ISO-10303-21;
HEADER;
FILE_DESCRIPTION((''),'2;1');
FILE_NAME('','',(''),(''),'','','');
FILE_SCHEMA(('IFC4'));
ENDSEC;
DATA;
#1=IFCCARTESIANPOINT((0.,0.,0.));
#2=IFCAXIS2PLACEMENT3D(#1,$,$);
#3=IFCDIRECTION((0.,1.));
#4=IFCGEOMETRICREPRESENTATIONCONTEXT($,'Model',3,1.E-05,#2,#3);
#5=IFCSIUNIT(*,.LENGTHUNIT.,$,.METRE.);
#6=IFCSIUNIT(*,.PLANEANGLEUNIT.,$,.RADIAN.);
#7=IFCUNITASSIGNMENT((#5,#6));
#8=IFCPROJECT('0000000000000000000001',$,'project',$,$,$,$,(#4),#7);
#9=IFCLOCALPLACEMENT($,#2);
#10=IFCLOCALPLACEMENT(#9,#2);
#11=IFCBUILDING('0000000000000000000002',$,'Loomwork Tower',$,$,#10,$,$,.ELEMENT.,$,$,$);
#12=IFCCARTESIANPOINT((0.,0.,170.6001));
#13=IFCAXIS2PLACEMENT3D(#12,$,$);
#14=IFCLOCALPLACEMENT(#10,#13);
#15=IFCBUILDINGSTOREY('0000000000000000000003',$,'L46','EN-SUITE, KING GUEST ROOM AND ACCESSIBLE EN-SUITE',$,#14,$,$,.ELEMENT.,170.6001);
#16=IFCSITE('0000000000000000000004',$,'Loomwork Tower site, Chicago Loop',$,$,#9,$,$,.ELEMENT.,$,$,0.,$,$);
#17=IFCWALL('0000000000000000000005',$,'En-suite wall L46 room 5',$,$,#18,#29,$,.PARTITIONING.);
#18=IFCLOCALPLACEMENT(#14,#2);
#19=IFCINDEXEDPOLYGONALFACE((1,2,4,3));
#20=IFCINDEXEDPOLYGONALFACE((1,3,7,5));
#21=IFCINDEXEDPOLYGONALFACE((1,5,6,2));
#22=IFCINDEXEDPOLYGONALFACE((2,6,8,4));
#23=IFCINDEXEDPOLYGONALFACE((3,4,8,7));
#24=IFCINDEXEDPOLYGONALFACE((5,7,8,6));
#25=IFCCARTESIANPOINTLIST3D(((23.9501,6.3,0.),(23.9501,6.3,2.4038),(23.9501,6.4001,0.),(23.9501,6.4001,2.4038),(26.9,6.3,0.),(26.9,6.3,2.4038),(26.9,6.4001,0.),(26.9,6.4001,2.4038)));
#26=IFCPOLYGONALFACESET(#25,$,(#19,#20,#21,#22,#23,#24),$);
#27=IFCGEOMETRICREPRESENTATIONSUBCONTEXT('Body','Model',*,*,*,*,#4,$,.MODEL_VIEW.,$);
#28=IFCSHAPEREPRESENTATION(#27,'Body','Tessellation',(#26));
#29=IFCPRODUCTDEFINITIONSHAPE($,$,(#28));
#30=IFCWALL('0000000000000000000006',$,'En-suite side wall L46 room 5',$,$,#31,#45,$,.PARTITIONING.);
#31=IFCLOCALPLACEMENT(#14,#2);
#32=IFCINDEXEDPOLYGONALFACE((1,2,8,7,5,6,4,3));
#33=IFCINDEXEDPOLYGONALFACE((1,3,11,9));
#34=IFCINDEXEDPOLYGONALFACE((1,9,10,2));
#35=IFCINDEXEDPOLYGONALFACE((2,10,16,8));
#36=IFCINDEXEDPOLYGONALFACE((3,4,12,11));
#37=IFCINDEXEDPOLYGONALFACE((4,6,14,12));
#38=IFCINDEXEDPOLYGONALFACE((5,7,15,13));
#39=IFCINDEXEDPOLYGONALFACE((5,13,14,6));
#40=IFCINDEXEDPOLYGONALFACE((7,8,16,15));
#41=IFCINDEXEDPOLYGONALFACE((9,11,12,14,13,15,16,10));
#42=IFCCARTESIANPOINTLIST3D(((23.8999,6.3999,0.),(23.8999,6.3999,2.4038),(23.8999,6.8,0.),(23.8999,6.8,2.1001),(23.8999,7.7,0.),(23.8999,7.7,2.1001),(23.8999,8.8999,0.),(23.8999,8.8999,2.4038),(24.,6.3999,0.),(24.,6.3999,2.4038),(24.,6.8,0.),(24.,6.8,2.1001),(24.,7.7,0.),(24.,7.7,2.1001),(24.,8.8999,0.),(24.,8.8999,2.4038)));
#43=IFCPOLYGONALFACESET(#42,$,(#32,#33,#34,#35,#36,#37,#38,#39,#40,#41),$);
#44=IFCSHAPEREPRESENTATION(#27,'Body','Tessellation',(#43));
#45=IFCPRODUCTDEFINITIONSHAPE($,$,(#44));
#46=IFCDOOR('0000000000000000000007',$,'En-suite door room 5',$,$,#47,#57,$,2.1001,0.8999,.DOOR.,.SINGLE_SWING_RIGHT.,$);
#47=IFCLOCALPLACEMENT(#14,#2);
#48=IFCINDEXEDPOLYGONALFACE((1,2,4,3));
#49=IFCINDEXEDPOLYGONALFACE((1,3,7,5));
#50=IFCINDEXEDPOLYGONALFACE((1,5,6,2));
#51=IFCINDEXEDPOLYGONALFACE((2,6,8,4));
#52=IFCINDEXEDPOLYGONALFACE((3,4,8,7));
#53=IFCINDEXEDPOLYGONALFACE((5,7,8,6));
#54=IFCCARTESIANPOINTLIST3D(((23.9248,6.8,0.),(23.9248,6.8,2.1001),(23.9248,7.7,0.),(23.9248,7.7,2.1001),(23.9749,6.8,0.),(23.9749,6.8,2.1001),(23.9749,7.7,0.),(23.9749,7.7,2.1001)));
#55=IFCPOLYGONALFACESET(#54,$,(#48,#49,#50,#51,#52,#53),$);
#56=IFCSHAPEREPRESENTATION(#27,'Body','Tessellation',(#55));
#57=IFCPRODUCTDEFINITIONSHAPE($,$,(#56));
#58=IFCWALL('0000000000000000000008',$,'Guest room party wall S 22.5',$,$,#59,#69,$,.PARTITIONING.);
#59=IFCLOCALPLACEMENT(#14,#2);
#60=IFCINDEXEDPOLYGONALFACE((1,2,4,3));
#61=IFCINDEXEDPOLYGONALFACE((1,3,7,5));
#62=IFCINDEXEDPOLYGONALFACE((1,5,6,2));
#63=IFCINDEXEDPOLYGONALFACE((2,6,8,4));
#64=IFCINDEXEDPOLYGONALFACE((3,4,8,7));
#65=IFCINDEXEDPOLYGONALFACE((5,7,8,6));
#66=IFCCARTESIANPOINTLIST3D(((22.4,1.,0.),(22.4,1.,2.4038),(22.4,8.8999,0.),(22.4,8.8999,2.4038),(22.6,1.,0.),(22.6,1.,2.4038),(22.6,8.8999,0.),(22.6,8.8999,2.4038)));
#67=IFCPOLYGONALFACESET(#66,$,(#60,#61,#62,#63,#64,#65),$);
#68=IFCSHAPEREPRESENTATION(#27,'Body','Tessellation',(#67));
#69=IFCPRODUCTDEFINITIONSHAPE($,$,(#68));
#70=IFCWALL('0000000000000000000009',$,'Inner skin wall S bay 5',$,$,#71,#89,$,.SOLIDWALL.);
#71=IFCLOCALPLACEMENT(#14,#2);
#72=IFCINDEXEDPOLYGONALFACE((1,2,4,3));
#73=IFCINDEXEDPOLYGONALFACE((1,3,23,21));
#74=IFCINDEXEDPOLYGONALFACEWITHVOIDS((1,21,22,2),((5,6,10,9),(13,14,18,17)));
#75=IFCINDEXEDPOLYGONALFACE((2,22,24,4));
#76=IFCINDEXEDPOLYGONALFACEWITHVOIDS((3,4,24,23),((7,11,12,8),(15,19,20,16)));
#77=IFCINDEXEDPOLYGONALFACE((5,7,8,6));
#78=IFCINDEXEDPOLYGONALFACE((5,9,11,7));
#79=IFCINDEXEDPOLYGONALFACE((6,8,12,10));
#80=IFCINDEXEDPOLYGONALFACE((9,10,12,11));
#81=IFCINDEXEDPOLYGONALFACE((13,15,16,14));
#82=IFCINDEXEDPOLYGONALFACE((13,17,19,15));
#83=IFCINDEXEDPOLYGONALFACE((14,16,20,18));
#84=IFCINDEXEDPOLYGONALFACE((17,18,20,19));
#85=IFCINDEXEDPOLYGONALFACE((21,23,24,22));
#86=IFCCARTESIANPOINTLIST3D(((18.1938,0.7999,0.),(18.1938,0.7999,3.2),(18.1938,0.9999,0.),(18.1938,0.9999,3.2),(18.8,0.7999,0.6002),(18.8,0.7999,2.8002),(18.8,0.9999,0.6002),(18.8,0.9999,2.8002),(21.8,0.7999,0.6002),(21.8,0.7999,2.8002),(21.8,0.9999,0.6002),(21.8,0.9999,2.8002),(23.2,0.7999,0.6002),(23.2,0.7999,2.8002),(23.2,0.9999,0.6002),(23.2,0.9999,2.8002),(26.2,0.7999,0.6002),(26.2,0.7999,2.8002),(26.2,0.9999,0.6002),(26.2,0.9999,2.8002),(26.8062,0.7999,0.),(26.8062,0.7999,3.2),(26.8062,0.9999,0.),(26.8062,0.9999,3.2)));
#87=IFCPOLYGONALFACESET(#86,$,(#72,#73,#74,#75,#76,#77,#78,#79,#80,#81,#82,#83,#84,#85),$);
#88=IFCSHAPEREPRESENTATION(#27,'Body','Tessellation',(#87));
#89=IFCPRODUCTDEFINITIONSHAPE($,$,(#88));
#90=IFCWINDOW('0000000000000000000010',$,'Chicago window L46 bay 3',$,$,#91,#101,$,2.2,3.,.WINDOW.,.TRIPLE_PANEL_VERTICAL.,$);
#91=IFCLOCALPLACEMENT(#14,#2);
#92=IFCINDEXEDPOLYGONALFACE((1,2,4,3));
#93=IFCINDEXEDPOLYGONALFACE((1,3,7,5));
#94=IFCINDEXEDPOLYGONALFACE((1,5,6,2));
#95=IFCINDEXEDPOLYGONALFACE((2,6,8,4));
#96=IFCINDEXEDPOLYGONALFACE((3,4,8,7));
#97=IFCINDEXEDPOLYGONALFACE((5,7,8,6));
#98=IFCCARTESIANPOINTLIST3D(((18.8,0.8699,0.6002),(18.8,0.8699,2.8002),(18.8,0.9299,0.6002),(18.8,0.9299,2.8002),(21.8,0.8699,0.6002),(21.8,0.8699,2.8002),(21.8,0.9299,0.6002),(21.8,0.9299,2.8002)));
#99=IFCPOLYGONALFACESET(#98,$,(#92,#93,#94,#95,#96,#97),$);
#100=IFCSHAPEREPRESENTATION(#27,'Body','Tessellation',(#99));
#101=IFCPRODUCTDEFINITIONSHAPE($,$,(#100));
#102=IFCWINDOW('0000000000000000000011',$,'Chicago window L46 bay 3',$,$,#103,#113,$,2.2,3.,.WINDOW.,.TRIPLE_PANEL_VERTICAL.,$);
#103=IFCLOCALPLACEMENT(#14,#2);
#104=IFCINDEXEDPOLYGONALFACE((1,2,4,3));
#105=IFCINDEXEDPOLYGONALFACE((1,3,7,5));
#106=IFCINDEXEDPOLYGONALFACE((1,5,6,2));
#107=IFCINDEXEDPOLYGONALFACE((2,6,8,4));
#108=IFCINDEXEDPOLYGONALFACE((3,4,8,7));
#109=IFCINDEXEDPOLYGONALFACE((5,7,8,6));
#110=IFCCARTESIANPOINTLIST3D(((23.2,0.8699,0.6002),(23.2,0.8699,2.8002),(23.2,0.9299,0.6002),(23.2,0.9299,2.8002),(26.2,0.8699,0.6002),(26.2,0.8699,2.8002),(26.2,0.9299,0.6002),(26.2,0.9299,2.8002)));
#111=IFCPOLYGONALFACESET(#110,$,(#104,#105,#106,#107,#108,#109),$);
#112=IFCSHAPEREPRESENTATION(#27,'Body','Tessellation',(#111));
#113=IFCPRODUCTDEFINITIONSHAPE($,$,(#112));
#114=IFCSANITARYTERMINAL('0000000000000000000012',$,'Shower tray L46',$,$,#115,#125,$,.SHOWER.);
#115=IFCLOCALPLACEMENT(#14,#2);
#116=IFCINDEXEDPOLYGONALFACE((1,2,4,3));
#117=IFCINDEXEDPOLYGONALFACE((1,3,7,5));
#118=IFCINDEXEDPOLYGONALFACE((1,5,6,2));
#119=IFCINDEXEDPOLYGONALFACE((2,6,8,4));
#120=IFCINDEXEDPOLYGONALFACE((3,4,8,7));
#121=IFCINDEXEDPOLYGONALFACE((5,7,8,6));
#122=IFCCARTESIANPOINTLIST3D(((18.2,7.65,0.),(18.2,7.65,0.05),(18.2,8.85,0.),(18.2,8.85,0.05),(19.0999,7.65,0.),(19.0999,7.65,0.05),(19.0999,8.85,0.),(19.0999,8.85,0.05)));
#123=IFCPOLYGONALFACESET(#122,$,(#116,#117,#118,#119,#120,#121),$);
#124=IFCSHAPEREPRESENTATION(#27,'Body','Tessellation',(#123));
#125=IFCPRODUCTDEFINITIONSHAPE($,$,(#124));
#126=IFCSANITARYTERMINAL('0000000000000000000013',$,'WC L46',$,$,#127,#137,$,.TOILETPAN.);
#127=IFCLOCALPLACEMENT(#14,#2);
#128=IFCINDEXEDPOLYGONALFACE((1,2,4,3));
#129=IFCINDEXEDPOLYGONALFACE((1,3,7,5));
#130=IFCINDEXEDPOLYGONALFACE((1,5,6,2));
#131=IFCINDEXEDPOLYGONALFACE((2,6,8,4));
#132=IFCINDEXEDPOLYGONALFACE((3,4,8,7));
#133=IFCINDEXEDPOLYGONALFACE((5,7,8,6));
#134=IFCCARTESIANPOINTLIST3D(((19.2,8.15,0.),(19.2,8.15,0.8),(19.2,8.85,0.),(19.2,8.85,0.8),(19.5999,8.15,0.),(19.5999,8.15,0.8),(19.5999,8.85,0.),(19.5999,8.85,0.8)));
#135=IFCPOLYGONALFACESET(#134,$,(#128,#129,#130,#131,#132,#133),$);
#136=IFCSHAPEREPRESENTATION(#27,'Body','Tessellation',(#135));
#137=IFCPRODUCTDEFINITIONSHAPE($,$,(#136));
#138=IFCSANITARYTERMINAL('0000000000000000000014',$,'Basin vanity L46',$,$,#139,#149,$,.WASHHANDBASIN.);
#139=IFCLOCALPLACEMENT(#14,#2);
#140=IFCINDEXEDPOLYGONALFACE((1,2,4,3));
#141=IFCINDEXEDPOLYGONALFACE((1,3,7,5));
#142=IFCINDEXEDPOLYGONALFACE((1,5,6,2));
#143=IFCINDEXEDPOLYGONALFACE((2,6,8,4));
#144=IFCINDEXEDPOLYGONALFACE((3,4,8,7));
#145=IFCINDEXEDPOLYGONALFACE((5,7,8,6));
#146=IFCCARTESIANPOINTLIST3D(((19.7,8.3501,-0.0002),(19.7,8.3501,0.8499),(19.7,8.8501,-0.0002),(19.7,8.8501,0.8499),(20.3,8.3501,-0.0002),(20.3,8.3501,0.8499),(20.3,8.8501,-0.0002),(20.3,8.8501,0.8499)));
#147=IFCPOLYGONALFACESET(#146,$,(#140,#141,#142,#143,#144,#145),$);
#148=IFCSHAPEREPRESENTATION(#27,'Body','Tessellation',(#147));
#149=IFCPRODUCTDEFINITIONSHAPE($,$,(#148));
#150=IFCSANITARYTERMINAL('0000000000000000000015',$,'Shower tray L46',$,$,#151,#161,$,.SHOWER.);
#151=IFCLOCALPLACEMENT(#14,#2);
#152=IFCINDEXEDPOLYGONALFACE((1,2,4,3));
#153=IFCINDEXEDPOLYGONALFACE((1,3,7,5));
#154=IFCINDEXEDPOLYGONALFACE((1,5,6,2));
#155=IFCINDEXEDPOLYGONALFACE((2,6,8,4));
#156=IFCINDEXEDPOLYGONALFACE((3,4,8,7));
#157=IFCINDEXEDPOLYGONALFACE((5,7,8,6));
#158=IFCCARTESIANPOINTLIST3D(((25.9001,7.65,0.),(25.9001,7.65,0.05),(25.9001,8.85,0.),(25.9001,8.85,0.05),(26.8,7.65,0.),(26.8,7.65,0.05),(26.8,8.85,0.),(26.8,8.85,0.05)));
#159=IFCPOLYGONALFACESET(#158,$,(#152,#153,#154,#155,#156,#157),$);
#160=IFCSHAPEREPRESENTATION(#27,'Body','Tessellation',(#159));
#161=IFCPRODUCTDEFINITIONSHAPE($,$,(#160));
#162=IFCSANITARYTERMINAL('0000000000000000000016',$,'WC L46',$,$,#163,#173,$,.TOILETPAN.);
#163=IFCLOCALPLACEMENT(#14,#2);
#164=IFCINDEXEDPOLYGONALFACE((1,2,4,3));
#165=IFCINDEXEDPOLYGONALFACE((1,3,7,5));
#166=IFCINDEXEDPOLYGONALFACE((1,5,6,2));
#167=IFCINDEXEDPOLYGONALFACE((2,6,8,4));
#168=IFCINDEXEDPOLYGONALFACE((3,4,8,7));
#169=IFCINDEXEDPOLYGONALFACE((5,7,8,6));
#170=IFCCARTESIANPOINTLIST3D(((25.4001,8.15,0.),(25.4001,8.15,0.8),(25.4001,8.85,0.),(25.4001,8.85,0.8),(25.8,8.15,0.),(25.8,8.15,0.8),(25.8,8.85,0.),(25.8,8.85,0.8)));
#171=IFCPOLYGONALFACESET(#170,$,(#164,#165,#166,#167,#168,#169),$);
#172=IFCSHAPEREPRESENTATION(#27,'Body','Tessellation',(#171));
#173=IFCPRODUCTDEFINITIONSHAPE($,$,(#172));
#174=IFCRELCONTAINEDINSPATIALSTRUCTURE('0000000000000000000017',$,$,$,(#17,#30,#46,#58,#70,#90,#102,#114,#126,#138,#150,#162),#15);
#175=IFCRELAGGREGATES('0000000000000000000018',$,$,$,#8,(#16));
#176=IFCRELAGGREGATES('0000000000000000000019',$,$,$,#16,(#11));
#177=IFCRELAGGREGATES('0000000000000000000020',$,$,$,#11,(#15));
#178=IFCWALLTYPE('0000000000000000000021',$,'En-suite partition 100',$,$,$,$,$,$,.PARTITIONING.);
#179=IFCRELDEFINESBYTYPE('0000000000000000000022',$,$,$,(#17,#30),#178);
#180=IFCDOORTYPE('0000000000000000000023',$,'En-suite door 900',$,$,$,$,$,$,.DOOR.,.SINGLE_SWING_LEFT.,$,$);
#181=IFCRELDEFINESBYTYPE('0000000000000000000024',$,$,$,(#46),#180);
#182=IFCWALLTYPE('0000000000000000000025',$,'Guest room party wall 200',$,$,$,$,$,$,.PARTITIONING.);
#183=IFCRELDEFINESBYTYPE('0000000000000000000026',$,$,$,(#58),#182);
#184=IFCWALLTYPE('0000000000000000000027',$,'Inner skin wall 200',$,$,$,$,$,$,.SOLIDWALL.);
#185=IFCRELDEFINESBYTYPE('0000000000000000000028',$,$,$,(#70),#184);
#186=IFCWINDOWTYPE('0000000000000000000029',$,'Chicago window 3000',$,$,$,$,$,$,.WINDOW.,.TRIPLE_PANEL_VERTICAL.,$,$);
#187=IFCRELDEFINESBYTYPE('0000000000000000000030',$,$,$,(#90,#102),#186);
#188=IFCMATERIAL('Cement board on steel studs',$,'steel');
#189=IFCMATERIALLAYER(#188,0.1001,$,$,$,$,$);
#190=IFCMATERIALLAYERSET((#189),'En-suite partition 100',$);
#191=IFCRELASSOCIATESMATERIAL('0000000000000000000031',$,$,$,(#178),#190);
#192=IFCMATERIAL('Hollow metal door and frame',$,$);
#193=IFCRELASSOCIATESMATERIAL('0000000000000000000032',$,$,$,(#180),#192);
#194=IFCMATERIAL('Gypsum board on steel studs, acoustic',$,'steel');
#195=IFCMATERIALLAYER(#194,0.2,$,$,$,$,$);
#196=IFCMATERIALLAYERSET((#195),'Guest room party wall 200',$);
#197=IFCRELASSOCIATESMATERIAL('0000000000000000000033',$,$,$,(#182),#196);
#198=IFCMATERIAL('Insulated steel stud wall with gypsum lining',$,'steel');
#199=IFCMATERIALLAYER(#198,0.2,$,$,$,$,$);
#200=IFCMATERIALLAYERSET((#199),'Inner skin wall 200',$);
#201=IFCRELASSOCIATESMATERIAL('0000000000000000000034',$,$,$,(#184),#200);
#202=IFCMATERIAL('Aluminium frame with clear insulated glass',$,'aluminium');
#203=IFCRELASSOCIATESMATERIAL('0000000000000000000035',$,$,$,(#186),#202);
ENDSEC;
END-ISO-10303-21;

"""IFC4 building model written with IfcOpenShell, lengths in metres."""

from ifc_helpers import new_model, si_unit, direction, frame, frame_2d, origin, origin_2d, place, context, subcontext, project, spatial, rectangle, extrude, material, layer, layer_set, type_object, element, fill, save


model = new_model("IFC4")

# Units and contexts
model_context = context("Model", 3, precision=1e-05, world=origin(), true_north=direction((0.0, 1.0)))
body_context = subcontext(model_context, "Body", "Model", "MODEL_VIEW")
ifc_project = project(units=[si_unit("LENGTHUNIT", "METRE"), si_unit("PLANEANGLEUNIT", "RADIAN")], contexts=[model_context])

# Site, building, storey
site_placement = place(None, origin())
site = spatial("IfcSite", under=ifc_project, at=site_placement, Name="Loomwork Tower site, Chicago Loop", CompositionType="ELEMENT", RefElevation=0.0)
building_placement = place(site_placement, origin())
building = spatial("IfcBuilding", under=site, at=building_placement, Name="Loomwork Tower", CompositionType="ELEMENT")
storey_placement = place(building_placement, frame((0.0, 0.0, 170.6001)))
storey = spatial("IfcBuildingStorey", under=building, at=storey_placement, Name="L46", Description="EN-SUITE, KING GUEST ROOM AND ACCESSIBLE EN-SUITE", CompositionType="ELEMENT", Elevation=170.6001)

# Shared definitions
ifc_material_1 = material(Name="Cement board on steel studs", Category="steel")
ifc_layer_1 = layer(ifc_material_1, 0.1001)
ifc_layer_set_1 = layer_set([ifc_layer_1], Name="En-suite partition 100")
wall_type_1 = type_object("IfcWallType", Name="En-suite partition 100", PredefinedType="PARTITIONING", material=ifc_layer_set_1)
ifc_material_2 = material(Name="Hollow metal door and frame")
door_type_1 = type_object("IfcDoorType", Name="En-suite door 900", OperationType="SINGLE_SWING_LEFT", PredefinedType="DOOR", material=ifc_material_2)

# Wall
wall_1_placement = place(storey_placement, frame((23.95, 6.3501, 0.0), z_axis=(0.0, 0.0, 1.0), x_axis=(1.0, 0.0, 0.0)))
element("IfcWall", 1, at=wall_1_placement, inside=storey, type_object=wall_type_1, Name="En-suite wall L46 room 5", PredefinedType="PARTITIONING", context=body_context, shape_type="SweptSolid", body=[
    extrude(rectangle(XDim=2.95, YDim=0.1001, at=frame_2d((1.4751, 0.0))), origin(), (0.0, 0.0, 1.0), 2.4038),
])

# Wall, opening, door
wall_2_placement = place(storey_placement, frame((23.95, 8.8999, 0.0), z_axis=(0.0, 0.0, 1.0), x_axis=(0.0, -1.0, 0.0)))
wall_2 = element("IfcWall", 2, at=wall_2_placement, inside=storey, type_object=wall_type_1, Name="En-suite side wall L46 room 5", PredefinedType="PARTITIONING", context=body_context, shape_type="SweptSolid", body=[
    extrude(rectangle(XDim=2.5, YDim=0.1001, at=frame_2d((1.25, 0.0))), origin(), (0.0, 0.0, 1.0), 2.4038),
])
opening_1_placement = place(wall_2_placement, frame((1.2, 0.0, 0.0)))
opening_1 = element("IfcOpeningElement", 3, at=opening_1_placement, cuts=wall_2, PredefinedType="OPENING", context=body_context, shape_type="SweptSolid", body=[
    extrude(rectangle(XDim=0.8999, YDim=2.1001, at=frame_2d((0.45, 1.05))), frame((0.0, 0.0601, 0.0), z_axis=(0.0, -1.0, 0.0), x_axis=(1.0, 0.0, 0.0)), (0.0, 0.0, 1.0), 0.1201),
])
door_1_placement = place(opening_1_placement, origin())
door_1 = element("IfcDoor", 4, at=door_1_placement, inside=storey, type_object=door_type_1, Name="En-suite door room 5", OperationType="SINGLE_SWING_RIGHT", OverallHeight=2.1001, OverallWidth=0.8999, PredefinedType="DOOR", context=body_context, shape_type="SweptSolid", body=[
    extrude(rectangle(XDim=0.8999, YDim=2.1001, at=frame_2d((0.45, 1.05))), frame((0.0, 0.0249, 0.0), z_axis=(0.0, -1.0, 0.0), x_axis=(1.0, 0.0, 0.0)), (0.0, 0.0, 1.0), 0.05),
])
fill(opening_1, door_1)

# Wall
ifc_material_3 = material(Name="Gypsum board on steel studs, acoustic", Category="steel")
ifc_layer_2 = layer(ifc_material_3, 0.2)
ifc_layer_set_2 = layer_set([ifc_layer_2], Name="Guest room party wall 200")
wall_type_2 = type_object("IfcWallType", Name="Guest room party wall 200", PredefinedType="PARTITIONING", material=ifc_layer_set_2)
wall_3_placement = place(storey_placement, frame((22.5, 8.8999, 0.0), z_axis=(0.0, 0.0, 1.0), x_axis=(0.0, -1.0, 0.0)))
element("IfcWall", 5, at=wall_3_placement, inside=storey, type_object=wall_type_2, Name="Guest room party wall S 22.5", PredefinedType="PARTITIONING", context=body_context, shape_type="SweptSolid", body=[
    extrude(rectangle(XDim=7.8999, YDim=0.2, at=frame_2d((3.95, 0.0))), origin(), (0.0, 0.0, 1.0), 2.4038),
])

# Wall, openings, windows
ifc_material_4 = material(Name="Insulated steel stud wall with gypsum lining", Category="steel")
ifc_layer_3 = layer(ifc_material_4, 0.2)
ifc_layer_set_3 = layer_set([ifc_layer_3], Name="Inner skin wall 200")
wall_type_3 = type_object("IfcWallType", Name="Inner skin wall 200", PredefinedType="SOLIDWALL", material=ifc_layer_set_3)
wall_4_placement = place(storey_placement, frame((18.1938, 0.8999, 0.0), z_axis=(0.0, 0.0, 1.0), x_axis=(1.0, 0.0, 0.0)))
wall_4 = element("IfcWall", 6, at=wall_4_placement, inside=storey, type_object=wall_type_3, Name="Inner skin wall S bay 5", PredefinedType="SOLIDWALL", context=body_context, shape_type="SweptSolid", body=[
    extrude(rectangle(XDim=8.6123, YDim=0.2, at=frame_2d((4.3062, 0.0))), origin(), (0.0, 0.0, 1.0), 3.2),
])
opening_2_placement = place(wall_4_placement, frame((0.6062, 0.0, 0.6001)))
opening_2 = element("IfcOpeningElement", 7, at=opening_2_placement, cuts=wall_4, PredefinedType="OPENING", context=body_context, shape_type="SweptSolid", body=[
    extrude(rectangle(XDim=3.0, YDim=2.2, at=frame_2d((1.5, 1.1001))), frame((0.0, 0.1099, 0.0), z_axis=(0.0, -1.0, 0.0), x_axis=(1.0, 0.0, 0.0)), (0.0, 0.0, 1.0), 0.22),
])
opening_3_placement = place(wall_4_placement, frame((5.0061, 0.0, 0.6001)))
opening_3 = element("IfcOpeningElement", 8, at=opening_3_placement, cuts=wall_4, PredefinedType="OPENING", context=body_context, shape_type="SweptSolid", body=[
    extrude(rectangle(XDim=3.0, YDim=2.2, at=frame_2d((1.5, 1.1001))), frame((0.0, 0.1099, 0.0), z_axis=(0.0, -1.0, 0.0), x_axis=(1.0, 0.0, 0.0)), (0.0, 0.0, 1.0), 0.22),
])
ifc_material_5 = material(Name="Aluminium frame with clear insulated glass", Category="aluminium")
window_type = type_object("IfcWindowType", Name="Chicago window 3000", PartitioningType="TRIPLE_PANEL_VERTICAL", PredefinedType="WINDOW", material=ifc_material_5)
window_1_placement = place(opening_2_placement, origin())
window_1 = element("IfcWindow", 9, at=window_1_placement, inside=storey, type_object=window_type, Name="Chicago window L46 bay 3", OverallHeight=2.2, OverallWidth=3.0, PartitioningType="TRIPLE_PANEL_VERTICAL", PredefinedType="WINDOW", context=body_context, shape_type="SweptSolid", body=[
    extrude(rectangle(XDim=3.0, YDim=2.2, at=frame_2d((1.5, 1.1001))), frame((0.0, 0.03, 0.0), z_axis=(0.0, -1.0, 0.0), x_axis=(1.0, 0.0, 0.0)), (0.0, 0.0, 1.0), 0.0601),
])
fill(opening_2, window_1)
window_2_placement = place(opening_3_placement, origin())
window_2 = element("IfcWindow", 10, at=window_2_placement, inside=storey, type_object=window_type, Name="Chicago window L46 bay 3", OverallHeight=2.2, OverallWidth=3.0, PartitioningType="TRIPLE_PANEL_VERTICAL", PredefinedType="WINDOW", context=body_context, shape_type="SweptSolid", body=[
    extrude(rectangle(XDim=3.0, YDim=2.2, at=frame_2d((1.5, 1.1001))), frame((0.0, 0.03, 0.0), z_axis=(0.0, -1.0, 0.0), x_axis=(1.0, 0.0, 0.0)), (0.0, 0.0, 1.0), 0.0601),
])
fill(opening_3, window_2)

# Sanitary terminals
sanitary_terminal_1_placement = place(storey_placement, frame((18.6499, 8.25, 0.0), z_axis=(0.0, 0.0, 1.0), x_axis=(1.0, 0.0, 0.0)))
element("IfcSanitaryTerminal", 11, at=sanitary_terminal_1_placement, inside=storey, Name="Shower tray L46", PredefinedType="SHOWER", context=body_context, shape_type="SweptSolid", body=[
    extrude(rectangle(XDim=0.8999, YDim=1.2, at=origin_2d()), origin(), (0.0, 0.0, 1.0), 0.05),
])
sanitary_terminal_2_placement = place(storey_placement, frame((19.3999, 8.5, 0.0), z_axis=(0.0, 0.0, 1.0), x_axis=(1.0, 0.0, 0.0)))
element("IfcSanitaryTerminal", 12, at=sanitary_terminal_2_placement, inside=storey, Name="WC L46", PredefinedType="TOILETPAN", context=body_context, shape_type="SweptSolid", body=[
    extrude(rectangle(XDim=0.3999, YDim=0.7, at=origin_2d()), origin(), (0.0, 0.0, 1.0), 0.8),
])
sanitary_terminal_3_placement = place(storey_placement, frame((20.0, 8.6001, -0.0002), z_axis=(0.0, 0.0, 1.0), x_axis=(1.0, 0.0, 0.0)))
element("IfcSanitaryTerminal", 13, at=sanitary_terminal_3_placement, inside=storey, Name="Basin vanity L46", PredefinedType="WASHHANDBASIN", context=body_context, shape_type="SweptSolid", body=[
    extrude(rectangle(XDim=0.6001, YDim=0.5, at=origin_2d()), origin(), (0.0, 0.0, 1.0), 0.8501),
])
sanitary_terminal_4_placement = place(storey_placement, frame((26.3501, 8.25, 0.0), z_axis=(0.0, 0.0, 1.0), x_axis=(1.0, 0.0, 0.0)))
element("IfcSanitaryTerminal", 14, at=sanitary_terminal_4_placement, inside=storey, Name="Shower tray L46", PredefinedType="SHOWER", context=body_context, shape_type="SweptSolid", body=[
    extrude(rectangle(XDim=0.8999, YDim=1.2, at=origin_2d()), origin(), (0.0, 0.0, 1.0), 0.05),
])
sanitary_terminal_5_placement = place(storey_placement, frame((25.6001, 8.5, 0.0), z_axis=(0.0, 0.0, 1.0), x_axis=(1.0, 0.0, 0.0)))
element("IfcSanitaryTerminal", 15, at=sanitary_terminal_5_placement, inside=storey, Name="WC L46", PredefinedType="TOILETPAN", context=body_context, shape_type="SweptSolid", body=[
    extrude(rectangle(XDim=0.3999, YDim=0.7, at=origin_2d()), origin(), (0.0, 0.0, 1.0), 0.8),
])

save(model, "model.ifc")
